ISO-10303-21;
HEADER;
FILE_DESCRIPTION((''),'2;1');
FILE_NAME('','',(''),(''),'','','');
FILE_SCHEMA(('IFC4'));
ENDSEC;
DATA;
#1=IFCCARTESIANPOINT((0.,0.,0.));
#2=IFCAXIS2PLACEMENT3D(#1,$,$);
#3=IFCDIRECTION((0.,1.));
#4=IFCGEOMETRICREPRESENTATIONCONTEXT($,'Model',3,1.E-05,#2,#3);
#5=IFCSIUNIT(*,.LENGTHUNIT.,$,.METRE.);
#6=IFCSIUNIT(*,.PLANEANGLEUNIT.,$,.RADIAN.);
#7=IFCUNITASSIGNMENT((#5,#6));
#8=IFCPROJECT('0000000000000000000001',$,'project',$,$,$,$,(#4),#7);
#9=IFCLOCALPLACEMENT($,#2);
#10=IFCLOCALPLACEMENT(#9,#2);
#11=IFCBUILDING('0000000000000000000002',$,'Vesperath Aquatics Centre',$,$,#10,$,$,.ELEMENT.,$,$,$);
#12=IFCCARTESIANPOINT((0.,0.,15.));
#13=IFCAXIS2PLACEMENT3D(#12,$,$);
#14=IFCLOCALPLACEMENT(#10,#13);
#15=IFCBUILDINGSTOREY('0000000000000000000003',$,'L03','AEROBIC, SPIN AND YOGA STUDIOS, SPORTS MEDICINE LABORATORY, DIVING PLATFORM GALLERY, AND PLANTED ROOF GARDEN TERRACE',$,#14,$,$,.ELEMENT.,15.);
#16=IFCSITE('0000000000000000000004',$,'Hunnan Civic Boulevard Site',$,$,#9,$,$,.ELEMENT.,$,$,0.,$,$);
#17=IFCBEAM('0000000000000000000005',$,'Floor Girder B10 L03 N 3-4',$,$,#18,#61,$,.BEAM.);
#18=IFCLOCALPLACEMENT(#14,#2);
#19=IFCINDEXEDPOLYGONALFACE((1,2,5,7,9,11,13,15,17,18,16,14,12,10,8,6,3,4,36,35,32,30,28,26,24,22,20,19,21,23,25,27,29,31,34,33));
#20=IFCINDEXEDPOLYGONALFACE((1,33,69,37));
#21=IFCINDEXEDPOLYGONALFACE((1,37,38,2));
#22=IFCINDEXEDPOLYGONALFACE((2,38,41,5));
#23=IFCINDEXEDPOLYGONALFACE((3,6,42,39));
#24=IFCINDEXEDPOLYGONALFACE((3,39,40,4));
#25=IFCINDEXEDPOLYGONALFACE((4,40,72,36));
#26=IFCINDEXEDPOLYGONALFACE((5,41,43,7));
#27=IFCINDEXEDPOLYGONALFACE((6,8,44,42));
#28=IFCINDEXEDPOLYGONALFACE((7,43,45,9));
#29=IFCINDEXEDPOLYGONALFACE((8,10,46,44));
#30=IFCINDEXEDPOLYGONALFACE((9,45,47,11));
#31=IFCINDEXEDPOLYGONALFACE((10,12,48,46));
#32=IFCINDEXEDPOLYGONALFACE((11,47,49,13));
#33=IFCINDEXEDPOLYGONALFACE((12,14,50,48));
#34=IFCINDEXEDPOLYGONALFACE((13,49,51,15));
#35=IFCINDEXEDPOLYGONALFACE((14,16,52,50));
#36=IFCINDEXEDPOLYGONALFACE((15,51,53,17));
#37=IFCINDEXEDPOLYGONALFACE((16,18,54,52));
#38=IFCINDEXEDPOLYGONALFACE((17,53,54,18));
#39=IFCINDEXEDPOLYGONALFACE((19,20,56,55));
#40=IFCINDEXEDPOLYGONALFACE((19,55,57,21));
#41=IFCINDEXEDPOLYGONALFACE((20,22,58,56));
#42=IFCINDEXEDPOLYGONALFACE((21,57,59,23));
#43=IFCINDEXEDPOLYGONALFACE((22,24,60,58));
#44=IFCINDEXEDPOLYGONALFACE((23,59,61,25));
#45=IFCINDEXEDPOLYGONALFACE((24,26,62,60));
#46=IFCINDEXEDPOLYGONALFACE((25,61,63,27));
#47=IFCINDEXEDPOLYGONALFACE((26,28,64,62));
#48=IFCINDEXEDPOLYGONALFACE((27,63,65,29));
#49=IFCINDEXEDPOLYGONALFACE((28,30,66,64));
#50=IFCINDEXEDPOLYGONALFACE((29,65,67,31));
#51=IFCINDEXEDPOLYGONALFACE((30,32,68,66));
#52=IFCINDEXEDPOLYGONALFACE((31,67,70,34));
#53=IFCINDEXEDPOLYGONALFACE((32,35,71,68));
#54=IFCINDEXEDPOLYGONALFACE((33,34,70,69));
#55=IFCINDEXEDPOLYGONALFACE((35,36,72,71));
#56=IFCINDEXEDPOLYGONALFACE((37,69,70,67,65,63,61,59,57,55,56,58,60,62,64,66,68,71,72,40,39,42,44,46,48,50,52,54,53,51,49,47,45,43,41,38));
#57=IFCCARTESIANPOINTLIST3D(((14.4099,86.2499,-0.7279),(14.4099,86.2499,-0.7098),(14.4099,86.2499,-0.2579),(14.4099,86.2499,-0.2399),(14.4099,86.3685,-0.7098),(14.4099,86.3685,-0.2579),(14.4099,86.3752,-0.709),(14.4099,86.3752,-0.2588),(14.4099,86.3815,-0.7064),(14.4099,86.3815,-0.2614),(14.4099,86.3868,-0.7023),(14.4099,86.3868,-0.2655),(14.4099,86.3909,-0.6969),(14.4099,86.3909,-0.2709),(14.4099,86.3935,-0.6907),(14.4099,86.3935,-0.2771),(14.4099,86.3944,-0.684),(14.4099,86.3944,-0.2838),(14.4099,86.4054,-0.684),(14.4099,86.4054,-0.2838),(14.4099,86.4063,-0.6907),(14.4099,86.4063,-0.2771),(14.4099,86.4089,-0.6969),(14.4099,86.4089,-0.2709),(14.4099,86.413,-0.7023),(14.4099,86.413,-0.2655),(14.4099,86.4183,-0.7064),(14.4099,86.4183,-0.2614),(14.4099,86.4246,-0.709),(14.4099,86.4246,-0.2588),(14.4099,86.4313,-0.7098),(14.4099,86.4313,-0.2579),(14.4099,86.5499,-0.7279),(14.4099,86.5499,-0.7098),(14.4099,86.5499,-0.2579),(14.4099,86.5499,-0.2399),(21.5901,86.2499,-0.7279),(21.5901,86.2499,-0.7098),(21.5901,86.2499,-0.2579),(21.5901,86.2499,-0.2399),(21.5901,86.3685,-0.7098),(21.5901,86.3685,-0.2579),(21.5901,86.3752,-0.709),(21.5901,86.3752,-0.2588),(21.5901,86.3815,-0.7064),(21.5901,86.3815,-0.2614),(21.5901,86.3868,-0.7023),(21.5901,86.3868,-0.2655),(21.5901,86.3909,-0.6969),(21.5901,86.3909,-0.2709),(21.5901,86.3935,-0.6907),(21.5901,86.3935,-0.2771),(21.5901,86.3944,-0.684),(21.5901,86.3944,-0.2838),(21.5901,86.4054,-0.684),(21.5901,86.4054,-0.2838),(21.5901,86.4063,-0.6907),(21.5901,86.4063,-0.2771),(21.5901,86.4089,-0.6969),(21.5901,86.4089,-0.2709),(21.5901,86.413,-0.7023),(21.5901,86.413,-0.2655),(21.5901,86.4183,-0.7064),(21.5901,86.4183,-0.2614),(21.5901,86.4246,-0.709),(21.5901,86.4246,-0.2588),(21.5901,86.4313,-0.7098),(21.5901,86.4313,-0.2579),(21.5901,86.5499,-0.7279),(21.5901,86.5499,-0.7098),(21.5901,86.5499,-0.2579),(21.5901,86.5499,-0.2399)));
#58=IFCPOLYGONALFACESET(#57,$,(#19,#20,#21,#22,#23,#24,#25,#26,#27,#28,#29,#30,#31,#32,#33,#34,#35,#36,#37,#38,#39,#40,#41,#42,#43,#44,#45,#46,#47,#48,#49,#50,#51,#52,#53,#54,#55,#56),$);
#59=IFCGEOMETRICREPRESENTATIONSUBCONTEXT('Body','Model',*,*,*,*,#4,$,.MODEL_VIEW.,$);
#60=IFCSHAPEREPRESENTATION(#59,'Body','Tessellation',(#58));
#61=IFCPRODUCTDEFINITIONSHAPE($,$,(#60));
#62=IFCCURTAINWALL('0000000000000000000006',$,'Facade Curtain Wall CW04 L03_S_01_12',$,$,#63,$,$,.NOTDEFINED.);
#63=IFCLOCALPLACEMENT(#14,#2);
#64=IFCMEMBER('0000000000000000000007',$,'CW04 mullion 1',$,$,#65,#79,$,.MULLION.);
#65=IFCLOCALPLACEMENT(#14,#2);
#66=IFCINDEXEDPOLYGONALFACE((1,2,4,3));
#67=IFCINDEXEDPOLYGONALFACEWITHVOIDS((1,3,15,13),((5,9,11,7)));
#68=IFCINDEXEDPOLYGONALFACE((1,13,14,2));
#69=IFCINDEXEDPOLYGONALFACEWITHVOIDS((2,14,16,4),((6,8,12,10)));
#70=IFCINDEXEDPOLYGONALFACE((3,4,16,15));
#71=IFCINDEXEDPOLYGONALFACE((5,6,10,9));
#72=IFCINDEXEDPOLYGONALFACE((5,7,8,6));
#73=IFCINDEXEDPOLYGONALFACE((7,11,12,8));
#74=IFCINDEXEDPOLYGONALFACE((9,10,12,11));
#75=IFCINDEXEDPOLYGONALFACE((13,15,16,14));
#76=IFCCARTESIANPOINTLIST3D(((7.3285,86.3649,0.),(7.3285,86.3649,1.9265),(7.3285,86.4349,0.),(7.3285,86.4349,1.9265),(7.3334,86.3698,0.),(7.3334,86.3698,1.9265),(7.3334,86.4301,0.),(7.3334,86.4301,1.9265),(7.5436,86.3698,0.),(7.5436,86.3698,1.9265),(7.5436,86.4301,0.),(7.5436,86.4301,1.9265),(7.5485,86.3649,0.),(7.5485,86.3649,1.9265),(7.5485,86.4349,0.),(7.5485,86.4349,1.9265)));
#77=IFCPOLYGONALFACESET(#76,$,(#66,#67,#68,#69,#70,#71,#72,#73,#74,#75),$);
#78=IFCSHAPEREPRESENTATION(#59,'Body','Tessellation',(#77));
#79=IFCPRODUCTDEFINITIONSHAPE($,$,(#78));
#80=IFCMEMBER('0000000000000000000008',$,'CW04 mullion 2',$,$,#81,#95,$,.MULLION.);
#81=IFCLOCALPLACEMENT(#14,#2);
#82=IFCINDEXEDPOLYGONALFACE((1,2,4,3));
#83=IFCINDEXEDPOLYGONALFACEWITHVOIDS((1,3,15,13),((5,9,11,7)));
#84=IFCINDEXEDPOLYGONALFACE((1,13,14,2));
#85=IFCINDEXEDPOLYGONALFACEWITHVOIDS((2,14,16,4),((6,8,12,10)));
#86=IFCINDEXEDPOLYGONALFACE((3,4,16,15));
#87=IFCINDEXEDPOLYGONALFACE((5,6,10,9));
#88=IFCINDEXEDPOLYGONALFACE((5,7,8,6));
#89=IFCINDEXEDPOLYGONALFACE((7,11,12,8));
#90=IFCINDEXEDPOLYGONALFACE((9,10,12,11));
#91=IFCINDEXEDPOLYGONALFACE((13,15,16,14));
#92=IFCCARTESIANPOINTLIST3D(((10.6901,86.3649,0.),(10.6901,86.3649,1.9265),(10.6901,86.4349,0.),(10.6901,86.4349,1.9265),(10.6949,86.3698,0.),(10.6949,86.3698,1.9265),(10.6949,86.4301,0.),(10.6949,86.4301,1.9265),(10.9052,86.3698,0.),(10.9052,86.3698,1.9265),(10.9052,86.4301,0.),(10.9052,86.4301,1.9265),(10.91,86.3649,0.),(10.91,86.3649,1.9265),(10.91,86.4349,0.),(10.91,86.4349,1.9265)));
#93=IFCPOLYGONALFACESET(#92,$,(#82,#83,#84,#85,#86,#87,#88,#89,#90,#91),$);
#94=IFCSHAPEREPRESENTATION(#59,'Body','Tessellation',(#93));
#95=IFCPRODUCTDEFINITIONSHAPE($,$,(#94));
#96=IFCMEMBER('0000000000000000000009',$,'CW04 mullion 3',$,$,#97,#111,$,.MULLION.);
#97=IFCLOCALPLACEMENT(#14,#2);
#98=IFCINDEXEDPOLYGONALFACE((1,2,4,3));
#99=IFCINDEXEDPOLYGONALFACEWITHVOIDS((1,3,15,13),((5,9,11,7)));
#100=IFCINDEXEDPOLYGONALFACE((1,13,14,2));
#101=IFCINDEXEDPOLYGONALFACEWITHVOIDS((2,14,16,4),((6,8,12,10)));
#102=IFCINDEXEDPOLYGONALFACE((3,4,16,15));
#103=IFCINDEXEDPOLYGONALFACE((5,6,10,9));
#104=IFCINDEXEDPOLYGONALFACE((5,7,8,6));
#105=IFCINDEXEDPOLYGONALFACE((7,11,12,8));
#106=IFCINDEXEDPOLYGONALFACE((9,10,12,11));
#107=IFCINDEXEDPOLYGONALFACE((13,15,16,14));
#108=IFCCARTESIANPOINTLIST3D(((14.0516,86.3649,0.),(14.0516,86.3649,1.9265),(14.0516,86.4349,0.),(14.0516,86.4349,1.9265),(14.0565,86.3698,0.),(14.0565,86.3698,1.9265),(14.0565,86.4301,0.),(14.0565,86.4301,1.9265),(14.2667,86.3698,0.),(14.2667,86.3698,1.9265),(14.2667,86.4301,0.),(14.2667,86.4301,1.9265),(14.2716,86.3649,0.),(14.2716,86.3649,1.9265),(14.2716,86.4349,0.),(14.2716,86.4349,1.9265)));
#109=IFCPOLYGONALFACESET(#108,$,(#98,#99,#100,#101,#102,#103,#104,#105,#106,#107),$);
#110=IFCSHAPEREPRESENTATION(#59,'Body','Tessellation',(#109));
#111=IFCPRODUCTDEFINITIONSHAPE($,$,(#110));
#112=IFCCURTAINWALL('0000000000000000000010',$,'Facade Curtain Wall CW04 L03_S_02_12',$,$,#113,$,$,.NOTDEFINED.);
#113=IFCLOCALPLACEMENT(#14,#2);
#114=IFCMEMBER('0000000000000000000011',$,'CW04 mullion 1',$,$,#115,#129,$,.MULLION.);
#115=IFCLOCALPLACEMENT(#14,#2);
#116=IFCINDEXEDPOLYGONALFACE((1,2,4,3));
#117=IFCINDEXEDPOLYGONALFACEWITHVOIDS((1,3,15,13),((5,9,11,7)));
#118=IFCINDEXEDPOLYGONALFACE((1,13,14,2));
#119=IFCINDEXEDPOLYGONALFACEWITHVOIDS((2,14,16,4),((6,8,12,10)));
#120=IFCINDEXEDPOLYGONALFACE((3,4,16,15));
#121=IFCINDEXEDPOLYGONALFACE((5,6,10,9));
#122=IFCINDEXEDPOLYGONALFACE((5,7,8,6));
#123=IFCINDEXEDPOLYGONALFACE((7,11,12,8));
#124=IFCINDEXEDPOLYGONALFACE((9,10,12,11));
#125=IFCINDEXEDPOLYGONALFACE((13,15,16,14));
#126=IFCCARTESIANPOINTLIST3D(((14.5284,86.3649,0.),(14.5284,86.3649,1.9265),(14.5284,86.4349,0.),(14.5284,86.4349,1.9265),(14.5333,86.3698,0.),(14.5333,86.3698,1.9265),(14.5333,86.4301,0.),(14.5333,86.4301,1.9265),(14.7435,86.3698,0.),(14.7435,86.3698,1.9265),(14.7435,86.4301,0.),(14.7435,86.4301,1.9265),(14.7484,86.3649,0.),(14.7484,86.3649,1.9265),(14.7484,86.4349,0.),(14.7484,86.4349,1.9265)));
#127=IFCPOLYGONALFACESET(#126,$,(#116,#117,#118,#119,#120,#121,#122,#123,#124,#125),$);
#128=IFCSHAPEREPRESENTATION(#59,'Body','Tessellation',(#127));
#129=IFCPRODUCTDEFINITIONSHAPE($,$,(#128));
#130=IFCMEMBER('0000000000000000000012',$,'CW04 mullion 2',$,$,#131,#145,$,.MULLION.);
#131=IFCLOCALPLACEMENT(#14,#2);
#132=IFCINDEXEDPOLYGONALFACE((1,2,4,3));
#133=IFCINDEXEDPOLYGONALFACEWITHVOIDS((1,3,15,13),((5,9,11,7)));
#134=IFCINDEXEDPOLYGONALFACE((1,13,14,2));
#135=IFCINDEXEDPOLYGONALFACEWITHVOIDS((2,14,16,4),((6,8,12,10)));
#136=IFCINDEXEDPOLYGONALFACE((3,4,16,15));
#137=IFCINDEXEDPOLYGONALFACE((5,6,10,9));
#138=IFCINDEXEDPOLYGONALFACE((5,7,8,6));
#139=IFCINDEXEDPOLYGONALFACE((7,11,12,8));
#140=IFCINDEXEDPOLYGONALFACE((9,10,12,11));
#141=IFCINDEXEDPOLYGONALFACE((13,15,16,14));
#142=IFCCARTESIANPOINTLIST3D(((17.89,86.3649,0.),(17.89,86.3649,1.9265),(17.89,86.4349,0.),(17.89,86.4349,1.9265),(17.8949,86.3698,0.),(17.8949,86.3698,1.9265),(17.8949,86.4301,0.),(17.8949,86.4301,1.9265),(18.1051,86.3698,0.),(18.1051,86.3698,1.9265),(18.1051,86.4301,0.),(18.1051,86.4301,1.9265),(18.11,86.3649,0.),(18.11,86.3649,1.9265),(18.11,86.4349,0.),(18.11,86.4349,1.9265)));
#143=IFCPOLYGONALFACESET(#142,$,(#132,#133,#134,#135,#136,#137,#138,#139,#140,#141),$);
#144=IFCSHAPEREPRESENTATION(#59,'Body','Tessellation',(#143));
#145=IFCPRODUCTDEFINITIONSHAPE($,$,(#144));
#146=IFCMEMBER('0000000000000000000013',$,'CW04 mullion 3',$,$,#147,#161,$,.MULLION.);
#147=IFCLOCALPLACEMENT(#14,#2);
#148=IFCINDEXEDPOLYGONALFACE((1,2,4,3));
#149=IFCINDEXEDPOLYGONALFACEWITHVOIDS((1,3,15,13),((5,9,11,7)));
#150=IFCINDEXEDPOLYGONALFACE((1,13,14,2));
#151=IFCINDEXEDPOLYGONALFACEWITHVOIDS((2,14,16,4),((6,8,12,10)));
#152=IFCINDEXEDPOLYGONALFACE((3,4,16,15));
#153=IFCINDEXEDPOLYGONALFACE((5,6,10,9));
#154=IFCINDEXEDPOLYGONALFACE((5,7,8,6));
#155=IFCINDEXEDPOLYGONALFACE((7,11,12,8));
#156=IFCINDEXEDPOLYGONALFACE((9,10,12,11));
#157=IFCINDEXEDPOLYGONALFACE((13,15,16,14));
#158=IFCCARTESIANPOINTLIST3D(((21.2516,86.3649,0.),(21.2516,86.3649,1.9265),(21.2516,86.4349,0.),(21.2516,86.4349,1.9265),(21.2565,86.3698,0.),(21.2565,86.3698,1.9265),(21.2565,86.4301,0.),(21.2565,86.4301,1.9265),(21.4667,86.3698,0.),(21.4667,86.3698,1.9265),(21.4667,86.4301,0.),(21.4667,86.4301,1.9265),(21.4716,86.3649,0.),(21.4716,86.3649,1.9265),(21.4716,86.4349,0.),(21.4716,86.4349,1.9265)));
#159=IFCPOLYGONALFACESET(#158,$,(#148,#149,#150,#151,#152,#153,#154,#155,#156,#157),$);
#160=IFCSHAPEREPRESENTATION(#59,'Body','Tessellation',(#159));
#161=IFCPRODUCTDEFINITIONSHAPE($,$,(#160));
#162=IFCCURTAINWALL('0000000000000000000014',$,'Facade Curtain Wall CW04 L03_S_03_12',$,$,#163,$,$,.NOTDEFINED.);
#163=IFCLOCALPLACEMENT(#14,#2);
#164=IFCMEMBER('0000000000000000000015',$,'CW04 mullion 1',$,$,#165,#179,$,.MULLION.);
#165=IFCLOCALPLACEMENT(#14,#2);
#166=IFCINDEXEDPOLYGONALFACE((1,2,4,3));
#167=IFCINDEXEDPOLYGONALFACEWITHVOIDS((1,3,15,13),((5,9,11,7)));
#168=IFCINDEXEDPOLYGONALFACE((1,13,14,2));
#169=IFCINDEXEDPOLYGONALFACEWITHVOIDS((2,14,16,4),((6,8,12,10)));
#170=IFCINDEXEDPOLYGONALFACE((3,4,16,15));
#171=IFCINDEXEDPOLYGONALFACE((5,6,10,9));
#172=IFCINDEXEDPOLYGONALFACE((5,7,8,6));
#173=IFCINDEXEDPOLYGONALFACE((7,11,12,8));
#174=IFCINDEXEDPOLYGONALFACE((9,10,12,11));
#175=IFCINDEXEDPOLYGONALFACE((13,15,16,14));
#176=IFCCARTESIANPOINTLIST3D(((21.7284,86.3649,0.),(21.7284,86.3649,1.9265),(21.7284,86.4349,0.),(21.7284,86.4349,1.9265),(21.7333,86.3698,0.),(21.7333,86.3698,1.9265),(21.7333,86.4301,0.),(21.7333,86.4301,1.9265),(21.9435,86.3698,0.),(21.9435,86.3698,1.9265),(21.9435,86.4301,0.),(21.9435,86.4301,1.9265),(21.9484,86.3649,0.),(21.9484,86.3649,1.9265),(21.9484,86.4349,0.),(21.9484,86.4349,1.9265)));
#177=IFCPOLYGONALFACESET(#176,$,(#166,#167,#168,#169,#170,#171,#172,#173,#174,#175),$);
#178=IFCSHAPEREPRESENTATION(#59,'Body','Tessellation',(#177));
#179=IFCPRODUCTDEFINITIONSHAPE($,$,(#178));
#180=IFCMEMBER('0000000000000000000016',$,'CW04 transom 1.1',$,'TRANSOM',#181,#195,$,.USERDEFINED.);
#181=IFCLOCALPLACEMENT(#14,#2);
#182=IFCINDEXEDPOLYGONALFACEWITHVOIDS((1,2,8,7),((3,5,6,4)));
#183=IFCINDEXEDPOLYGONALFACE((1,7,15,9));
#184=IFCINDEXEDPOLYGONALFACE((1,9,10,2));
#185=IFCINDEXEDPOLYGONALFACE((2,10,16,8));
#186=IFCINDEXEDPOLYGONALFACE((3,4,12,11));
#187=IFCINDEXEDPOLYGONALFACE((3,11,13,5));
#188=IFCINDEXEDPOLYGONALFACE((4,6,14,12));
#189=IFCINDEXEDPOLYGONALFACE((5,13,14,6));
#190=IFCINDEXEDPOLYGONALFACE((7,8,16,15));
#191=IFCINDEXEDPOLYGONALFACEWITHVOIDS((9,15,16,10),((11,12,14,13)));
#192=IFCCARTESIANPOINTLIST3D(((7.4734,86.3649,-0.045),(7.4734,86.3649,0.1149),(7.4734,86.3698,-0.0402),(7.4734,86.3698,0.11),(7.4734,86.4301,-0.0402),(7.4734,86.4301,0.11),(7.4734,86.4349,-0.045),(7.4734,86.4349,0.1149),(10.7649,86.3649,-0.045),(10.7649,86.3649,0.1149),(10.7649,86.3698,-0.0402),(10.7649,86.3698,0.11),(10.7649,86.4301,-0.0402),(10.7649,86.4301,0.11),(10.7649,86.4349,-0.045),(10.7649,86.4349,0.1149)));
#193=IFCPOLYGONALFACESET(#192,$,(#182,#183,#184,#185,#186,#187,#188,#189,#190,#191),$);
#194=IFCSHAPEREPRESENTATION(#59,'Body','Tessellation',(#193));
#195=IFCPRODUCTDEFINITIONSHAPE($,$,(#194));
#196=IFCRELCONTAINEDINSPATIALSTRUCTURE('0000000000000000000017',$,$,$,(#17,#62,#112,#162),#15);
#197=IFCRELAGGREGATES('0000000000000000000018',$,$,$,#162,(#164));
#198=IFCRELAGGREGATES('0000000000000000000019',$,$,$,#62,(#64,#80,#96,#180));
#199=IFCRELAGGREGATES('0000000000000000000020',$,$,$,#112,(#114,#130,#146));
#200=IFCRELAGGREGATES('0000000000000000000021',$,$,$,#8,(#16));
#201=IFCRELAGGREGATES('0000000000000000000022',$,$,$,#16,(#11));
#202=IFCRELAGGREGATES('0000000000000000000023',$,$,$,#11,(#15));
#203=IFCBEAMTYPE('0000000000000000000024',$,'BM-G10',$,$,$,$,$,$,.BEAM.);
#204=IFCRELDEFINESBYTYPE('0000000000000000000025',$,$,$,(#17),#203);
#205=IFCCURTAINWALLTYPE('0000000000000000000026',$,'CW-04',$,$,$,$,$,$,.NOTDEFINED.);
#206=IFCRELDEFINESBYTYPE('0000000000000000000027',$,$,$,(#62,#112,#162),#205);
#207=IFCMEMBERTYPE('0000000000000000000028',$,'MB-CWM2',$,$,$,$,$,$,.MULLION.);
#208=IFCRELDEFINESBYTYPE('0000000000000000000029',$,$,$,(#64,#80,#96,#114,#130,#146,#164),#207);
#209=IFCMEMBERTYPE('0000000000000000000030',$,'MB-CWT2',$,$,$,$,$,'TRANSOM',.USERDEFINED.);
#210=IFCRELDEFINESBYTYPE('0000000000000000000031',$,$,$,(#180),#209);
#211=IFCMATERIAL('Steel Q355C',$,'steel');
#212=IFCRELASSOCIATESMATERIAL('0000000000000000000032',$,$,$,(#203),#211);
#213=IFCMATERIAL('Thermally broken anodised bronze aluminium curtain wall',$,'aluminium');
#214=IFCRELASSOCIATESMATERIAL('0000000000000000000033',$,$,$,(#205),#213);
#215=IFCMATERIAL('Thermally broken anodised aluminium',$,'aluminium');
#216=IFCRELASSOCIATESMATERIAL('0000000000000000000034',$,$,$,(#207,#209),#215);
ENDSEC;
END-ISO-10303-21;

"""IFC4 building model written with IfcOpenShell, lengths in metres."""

from ifc_helpers import new_model, si_unit, direction, frame, origin, origin_2d, place, context, subcontext, project, spatial, hollow_rectangle, i_section, extrude, material, material_profile, profile_set, type_object, element, aggregate, save


model = new_model("IFC4")

# Units and contexts
model_context = context("Model", 3, precision=1e-05, world=origin(), true_north=direction((0.0, 1.0)))
body_context = subcontext(model_context, "Body", "Model", "MODEL_VIEW")
ifc_project = project(units=[si_unit("LENGTHUNIT", "METRE"), si_unit("PLANEANGLEUNIT", "RADIAN")], contexts=[model_context])

# Site, building, storey
site_placement = place(None, origin())
site = spatial("IfcSite", under=ifc_project, at=site_placement, Name="Hunnan Civic Boulevard Site", CompositionType="ELEMENT", RefElevation=0.0)
building_placement = place(site_placement, origin())
building = spatial("IfcBuilding", under=site, at=building_placement, Name="Vesperath Aquatics Centre", CompositionType="ELEMENT")
storey_placement = place(building_placement, frame((0.0, 0.0, 15.0)))
storey = spatial("IfcBuildingStorey", under=building, at=storey_placement, Name="L03", Description="AEROBIC, SPIN AND YOGA STUDIOS, SPORTS MEDICINE LABORATORY, DIVING PLATFORM GALLERY, AND PLANTED ROOF GARDEN TERRACE", CompositionType="ELEMENT", Elevation=15.0)

# Beam
ifc_material_1 = material(Name="Steel Q355C", Category="steel")
ifc_material_profile_1 = material_profile(ifc_material_1, i_section(OverallWidth=0.3, OverallDepth=0.488, WebThickness=0.011, FlangeThickness=0.0181, FilletRadius=0.0259, at=origin_2d()), Name="HM 488x300x11x18")
ifc_profile_set_1 = profile_set([ifc_material_profile_1], Name="Steel Q355C")
beam_type = type_object("IfcBeamType", Name="BM-G10", PredefinedType="BEAM", material=ifc_profile_set_1)
beam_1_placement = place(storey_placement, frame((14.4099, 86.3999, -0.4839), z_axis=(1.0, 0.0, 0.0), x_axis=(0.0, 1.0, 0.0)))
element("IfcBeam", 1, at=beam_1_placement, inside=storey, type_object=beam_type, Name="Floor Girder B10 L03 N 3-4", PredefinedType="BEAM", context=body_context, shape_type="SweptSolid", body=[
    extrude(i_section(OverallWidth=0.3, OverallDepth=0.488, WebThickness=0.011, FlangeThickness=0.0181, FilletRadius=0.0259, at=origin_2d()), origin(), (0.0, 0.0, 1.0), 7.1802),
])

# Curtain walls, members
ifc_material_2 = material(Name="Thermally broken anodised bronze aluminium curtain wall", Category="aluminium")
curtain_wall_type = type_object("IfcCurtainWallType", Name="CW-04", PredefinedType="NOTDEFINED", material=ifc_material_2)
curtain_wall_1_placement = place(storey_placement, origin())
curtain_wall_1 = element("IfcCurtainWall", 2, at=curtain_wall_1_placement, inside=storey, type_object=curtain_wall_type, Name="Facade Curtain Wall CW04 L03_S_01_12", PredefinedType="NOTDEFINED")
ifc_material_3 = material(Name="Thermally broken anodised aluminium", Category="aluminium")
ifc_material_profile_2 = material_profile(ifc_material_3, hollow_rectangle(XDim=0.0701, YDim=0.22, WallThickness=0.0049, at=origin_2d()), Name="CWM 70x220x5")
ifc_profile_set_2 = profile_set([ifc_material_profile_2], Name="Thermally broken anodised aluminium")
member_type_1 = type_object("IfcMemberType", Name="MB-CWM2", PredefinedType="MULLION", material=ifc_profile_set_2)
member_1_placement = place(storey_placement, frame((7.4385, 86.3999, 0.0), z_axis=(0.0, 0.0, 1.0), x_axis=(0.0, 1.0, 0.0)))
member_1 = element("IfcMember", 3, at=member_1_placement, type_object=member_type_1, Name="CW04 mullion 1", PredefinedType="MULLION", context=body_context, shape_type="SweptSolid", body=[
    extrude(hollow_rectangle(XDim=0.0701, YDim=0.22, WallThickness=0.0049, at=origin_2d()), origin(), (0.0, 0.0, 1.0), 1.9265),
])
member_2_placement = place(storey_placement, frame((10.8, 86.3999, 0.0), z_axis=(0.0, 0.0, 1.0), x_axis=(0.0, 1.0, 0.0)))
member_2 = element("IfcMember", 4, at=member_2_placement, type_object=member_type_1, Name="CW04 mullion 2", PredefinedType="MULLION", context=body_context, shape_type="SweptSolid", body=[
    extrude(hollow_rectangle(XDim=0.0701, YDim=0.22, WallThickness=0.0049, at=origin_2d()), origin(), (0.0, 0.0, 1.0), 1.9265),
])
member_3_placement = place(storey_placement, frame((14.1616, 86.3999, 0.0), z_axis=(0.0, 0.0, 1.0), x_axis=(0.0, 1.0, 0.0)))
member_3 = element("IfcMember", 5, at=member_3_placement, type_object=member_type_1, Name="CW04 mullion 3", PredefinedType="MULLION", context=body_context, shape_type="SweptSolid", body=[
    extrude(hollow_rectangle(XDim=0.0701, YDim=0.22, WallThickness=0.0049, at=origin_2d()), origin(), (0.0, 0.0, 1.0), 1.9265),
])
curtain_wall_2_placement = place(storey_placement, origin())
curtain_wall_2 = element("IfcCurtainWall", 6, at=curtain_wall_2_placement, inside=storey, type_object=curtain_wall_type, Name="Facade Curtain Wall CW04 L03_S_02_12", PredefinedType="NOTDEFINED")
member_4_placement = place(storey_placement, frame((14.6384, 86.3999, 0.0), z_axis=(0.0, 0.0, 1.0), x_axis=(0.0, 1.0, 0.0)))
member_4 = element("IfcMember", 7, at=member_4_placement, type_object=member_type_1, Name="CW04 mullion 1", PredefinedType="MULLION", context=body_context, shape_type="SweptSolid", body=[
    extrude(hollow_rectangle(XDim=0.0701, YDim=0.22, WallThickness=0.0049, at=origin_2d()), origin(), (0.0, 0.0, 1.0), 1.9265),
])
member_5_placement = place(storey_placement, frame((18.0, 86.3999, 0.0), z_axis=(0.0, 0.0, 1.0), x_axis=(0.0, 1.0, 0.0)))
member_5 = element("IfcMember", 8, at=member_5_placement, type_object=member_type_1, Name="CW04 mullion 2", PredefinedType="MULLION", context=body_context, shape_type="SweptSolid", body=[
    extrude(hollow_rectangle(XDim=0.0701, YDim=0.22, WallThickness=0.0049, at=origin_2d()), origin(), (0.0, 0.0, 1.0), 1.9265),
])
member_6_placement = place(storey_placement, frame((21.3616, 86.3999, 0.0), z_axis=(0.0, 0.0, 1.0), x_axis=(0.0, 1.0, 0.0)))
member_6 = element("IfcMember", 9, at=member_6_placement, type_object=member_type_1, Name="CW04 mullion 3", PredefinedType="MULLION", context=body_context, shape_type="SweptSolid", body=[
    extrude(hollow_rectangle(XDim=0.0701, YDim=0.22, WallThickness=0.0049, at=origin_2d()), origin(), (0.0, 0.0, 1.0), 1.9265),
])

# Curtain wall, member
curtain_wall_3_placement = place(storey_placement, origin())
curtain_wall_3 = element("IfcCurtainWall", 10, at=curtain_wall_3_placement, inside=storey, type_object=curtain_wall_type, Name="Facade Curtain Wall CW04 L03_S_03_12", PredefinedType="NOTDEFINED")
member_7_placement = place(storey_placement, frame((21.8384, 86.3999, 0.0), z_axis=(0.0, 0.0, 1.0), x_axis=(0.0, 1.0, 0.0)))
member_7 = element("IfcMember", 11, at=member_7_placement, type_object=member_type_1, Name="CW04 mullion 1", PredefinedType="MULLION", context=body_context, shape_type="SweptSolid", body=[
    extrude(hollow_rectangle(XDim=0.0701, YDim=0.22, WallThickness=0.0049, at=origin_2d()), origin(), (0.0, 0.0, 1.0), 1.9265),
])

# Member
ifc_material_profile_3 = material_profile(ifc_material_3, hollow_rectangle(XDim=0.0701, YDim=0.1599, WallThickness=0.0049, at=origin_2d()), Name="CWT 70x160x5")
ifc_profile_set_3 = profile_set([ifc_material_profile_3], Name="Thermally broken anodised aluminium")
member_type_2 = type_object("IfcMemberType", Name="MB-CWT2", ElementType="TRANSOM", PredefinedType="USERDEFINED", material=ifc_profile_set_3)
member_8_placement = place(storey_placement, frame((7.4734, 86.3999, 0.0349), z_axis=(1.0, 0.0, 0.0), x_axis=(0.0, 1.0, 0.0)))
member_8 = element("IfcMember", 12, at=member_8_placement, type_object=member_type_2, Name="CW04 transom 1.1", ObjectType="TRANSOM", PredefinedType="USERDEFINED", context=body_context, shape_type="SweptSolid", body=[
    extrude(hollow_rectangle(XDim=0.0701, YDim=0.1599, WallThickness=0.0049, at=origin_2d()), origin(), (0.0, 0.0, 1.0), 3.2915),
])
aggregate(curtain_wall_3, [member_7])

aggregate(curtain_wall_1, [member_1, member_2, member_3, member_8])
aggregate(curtain_wall_2, [member_4, member_5, member_6])

save(model, "model.ifc")
